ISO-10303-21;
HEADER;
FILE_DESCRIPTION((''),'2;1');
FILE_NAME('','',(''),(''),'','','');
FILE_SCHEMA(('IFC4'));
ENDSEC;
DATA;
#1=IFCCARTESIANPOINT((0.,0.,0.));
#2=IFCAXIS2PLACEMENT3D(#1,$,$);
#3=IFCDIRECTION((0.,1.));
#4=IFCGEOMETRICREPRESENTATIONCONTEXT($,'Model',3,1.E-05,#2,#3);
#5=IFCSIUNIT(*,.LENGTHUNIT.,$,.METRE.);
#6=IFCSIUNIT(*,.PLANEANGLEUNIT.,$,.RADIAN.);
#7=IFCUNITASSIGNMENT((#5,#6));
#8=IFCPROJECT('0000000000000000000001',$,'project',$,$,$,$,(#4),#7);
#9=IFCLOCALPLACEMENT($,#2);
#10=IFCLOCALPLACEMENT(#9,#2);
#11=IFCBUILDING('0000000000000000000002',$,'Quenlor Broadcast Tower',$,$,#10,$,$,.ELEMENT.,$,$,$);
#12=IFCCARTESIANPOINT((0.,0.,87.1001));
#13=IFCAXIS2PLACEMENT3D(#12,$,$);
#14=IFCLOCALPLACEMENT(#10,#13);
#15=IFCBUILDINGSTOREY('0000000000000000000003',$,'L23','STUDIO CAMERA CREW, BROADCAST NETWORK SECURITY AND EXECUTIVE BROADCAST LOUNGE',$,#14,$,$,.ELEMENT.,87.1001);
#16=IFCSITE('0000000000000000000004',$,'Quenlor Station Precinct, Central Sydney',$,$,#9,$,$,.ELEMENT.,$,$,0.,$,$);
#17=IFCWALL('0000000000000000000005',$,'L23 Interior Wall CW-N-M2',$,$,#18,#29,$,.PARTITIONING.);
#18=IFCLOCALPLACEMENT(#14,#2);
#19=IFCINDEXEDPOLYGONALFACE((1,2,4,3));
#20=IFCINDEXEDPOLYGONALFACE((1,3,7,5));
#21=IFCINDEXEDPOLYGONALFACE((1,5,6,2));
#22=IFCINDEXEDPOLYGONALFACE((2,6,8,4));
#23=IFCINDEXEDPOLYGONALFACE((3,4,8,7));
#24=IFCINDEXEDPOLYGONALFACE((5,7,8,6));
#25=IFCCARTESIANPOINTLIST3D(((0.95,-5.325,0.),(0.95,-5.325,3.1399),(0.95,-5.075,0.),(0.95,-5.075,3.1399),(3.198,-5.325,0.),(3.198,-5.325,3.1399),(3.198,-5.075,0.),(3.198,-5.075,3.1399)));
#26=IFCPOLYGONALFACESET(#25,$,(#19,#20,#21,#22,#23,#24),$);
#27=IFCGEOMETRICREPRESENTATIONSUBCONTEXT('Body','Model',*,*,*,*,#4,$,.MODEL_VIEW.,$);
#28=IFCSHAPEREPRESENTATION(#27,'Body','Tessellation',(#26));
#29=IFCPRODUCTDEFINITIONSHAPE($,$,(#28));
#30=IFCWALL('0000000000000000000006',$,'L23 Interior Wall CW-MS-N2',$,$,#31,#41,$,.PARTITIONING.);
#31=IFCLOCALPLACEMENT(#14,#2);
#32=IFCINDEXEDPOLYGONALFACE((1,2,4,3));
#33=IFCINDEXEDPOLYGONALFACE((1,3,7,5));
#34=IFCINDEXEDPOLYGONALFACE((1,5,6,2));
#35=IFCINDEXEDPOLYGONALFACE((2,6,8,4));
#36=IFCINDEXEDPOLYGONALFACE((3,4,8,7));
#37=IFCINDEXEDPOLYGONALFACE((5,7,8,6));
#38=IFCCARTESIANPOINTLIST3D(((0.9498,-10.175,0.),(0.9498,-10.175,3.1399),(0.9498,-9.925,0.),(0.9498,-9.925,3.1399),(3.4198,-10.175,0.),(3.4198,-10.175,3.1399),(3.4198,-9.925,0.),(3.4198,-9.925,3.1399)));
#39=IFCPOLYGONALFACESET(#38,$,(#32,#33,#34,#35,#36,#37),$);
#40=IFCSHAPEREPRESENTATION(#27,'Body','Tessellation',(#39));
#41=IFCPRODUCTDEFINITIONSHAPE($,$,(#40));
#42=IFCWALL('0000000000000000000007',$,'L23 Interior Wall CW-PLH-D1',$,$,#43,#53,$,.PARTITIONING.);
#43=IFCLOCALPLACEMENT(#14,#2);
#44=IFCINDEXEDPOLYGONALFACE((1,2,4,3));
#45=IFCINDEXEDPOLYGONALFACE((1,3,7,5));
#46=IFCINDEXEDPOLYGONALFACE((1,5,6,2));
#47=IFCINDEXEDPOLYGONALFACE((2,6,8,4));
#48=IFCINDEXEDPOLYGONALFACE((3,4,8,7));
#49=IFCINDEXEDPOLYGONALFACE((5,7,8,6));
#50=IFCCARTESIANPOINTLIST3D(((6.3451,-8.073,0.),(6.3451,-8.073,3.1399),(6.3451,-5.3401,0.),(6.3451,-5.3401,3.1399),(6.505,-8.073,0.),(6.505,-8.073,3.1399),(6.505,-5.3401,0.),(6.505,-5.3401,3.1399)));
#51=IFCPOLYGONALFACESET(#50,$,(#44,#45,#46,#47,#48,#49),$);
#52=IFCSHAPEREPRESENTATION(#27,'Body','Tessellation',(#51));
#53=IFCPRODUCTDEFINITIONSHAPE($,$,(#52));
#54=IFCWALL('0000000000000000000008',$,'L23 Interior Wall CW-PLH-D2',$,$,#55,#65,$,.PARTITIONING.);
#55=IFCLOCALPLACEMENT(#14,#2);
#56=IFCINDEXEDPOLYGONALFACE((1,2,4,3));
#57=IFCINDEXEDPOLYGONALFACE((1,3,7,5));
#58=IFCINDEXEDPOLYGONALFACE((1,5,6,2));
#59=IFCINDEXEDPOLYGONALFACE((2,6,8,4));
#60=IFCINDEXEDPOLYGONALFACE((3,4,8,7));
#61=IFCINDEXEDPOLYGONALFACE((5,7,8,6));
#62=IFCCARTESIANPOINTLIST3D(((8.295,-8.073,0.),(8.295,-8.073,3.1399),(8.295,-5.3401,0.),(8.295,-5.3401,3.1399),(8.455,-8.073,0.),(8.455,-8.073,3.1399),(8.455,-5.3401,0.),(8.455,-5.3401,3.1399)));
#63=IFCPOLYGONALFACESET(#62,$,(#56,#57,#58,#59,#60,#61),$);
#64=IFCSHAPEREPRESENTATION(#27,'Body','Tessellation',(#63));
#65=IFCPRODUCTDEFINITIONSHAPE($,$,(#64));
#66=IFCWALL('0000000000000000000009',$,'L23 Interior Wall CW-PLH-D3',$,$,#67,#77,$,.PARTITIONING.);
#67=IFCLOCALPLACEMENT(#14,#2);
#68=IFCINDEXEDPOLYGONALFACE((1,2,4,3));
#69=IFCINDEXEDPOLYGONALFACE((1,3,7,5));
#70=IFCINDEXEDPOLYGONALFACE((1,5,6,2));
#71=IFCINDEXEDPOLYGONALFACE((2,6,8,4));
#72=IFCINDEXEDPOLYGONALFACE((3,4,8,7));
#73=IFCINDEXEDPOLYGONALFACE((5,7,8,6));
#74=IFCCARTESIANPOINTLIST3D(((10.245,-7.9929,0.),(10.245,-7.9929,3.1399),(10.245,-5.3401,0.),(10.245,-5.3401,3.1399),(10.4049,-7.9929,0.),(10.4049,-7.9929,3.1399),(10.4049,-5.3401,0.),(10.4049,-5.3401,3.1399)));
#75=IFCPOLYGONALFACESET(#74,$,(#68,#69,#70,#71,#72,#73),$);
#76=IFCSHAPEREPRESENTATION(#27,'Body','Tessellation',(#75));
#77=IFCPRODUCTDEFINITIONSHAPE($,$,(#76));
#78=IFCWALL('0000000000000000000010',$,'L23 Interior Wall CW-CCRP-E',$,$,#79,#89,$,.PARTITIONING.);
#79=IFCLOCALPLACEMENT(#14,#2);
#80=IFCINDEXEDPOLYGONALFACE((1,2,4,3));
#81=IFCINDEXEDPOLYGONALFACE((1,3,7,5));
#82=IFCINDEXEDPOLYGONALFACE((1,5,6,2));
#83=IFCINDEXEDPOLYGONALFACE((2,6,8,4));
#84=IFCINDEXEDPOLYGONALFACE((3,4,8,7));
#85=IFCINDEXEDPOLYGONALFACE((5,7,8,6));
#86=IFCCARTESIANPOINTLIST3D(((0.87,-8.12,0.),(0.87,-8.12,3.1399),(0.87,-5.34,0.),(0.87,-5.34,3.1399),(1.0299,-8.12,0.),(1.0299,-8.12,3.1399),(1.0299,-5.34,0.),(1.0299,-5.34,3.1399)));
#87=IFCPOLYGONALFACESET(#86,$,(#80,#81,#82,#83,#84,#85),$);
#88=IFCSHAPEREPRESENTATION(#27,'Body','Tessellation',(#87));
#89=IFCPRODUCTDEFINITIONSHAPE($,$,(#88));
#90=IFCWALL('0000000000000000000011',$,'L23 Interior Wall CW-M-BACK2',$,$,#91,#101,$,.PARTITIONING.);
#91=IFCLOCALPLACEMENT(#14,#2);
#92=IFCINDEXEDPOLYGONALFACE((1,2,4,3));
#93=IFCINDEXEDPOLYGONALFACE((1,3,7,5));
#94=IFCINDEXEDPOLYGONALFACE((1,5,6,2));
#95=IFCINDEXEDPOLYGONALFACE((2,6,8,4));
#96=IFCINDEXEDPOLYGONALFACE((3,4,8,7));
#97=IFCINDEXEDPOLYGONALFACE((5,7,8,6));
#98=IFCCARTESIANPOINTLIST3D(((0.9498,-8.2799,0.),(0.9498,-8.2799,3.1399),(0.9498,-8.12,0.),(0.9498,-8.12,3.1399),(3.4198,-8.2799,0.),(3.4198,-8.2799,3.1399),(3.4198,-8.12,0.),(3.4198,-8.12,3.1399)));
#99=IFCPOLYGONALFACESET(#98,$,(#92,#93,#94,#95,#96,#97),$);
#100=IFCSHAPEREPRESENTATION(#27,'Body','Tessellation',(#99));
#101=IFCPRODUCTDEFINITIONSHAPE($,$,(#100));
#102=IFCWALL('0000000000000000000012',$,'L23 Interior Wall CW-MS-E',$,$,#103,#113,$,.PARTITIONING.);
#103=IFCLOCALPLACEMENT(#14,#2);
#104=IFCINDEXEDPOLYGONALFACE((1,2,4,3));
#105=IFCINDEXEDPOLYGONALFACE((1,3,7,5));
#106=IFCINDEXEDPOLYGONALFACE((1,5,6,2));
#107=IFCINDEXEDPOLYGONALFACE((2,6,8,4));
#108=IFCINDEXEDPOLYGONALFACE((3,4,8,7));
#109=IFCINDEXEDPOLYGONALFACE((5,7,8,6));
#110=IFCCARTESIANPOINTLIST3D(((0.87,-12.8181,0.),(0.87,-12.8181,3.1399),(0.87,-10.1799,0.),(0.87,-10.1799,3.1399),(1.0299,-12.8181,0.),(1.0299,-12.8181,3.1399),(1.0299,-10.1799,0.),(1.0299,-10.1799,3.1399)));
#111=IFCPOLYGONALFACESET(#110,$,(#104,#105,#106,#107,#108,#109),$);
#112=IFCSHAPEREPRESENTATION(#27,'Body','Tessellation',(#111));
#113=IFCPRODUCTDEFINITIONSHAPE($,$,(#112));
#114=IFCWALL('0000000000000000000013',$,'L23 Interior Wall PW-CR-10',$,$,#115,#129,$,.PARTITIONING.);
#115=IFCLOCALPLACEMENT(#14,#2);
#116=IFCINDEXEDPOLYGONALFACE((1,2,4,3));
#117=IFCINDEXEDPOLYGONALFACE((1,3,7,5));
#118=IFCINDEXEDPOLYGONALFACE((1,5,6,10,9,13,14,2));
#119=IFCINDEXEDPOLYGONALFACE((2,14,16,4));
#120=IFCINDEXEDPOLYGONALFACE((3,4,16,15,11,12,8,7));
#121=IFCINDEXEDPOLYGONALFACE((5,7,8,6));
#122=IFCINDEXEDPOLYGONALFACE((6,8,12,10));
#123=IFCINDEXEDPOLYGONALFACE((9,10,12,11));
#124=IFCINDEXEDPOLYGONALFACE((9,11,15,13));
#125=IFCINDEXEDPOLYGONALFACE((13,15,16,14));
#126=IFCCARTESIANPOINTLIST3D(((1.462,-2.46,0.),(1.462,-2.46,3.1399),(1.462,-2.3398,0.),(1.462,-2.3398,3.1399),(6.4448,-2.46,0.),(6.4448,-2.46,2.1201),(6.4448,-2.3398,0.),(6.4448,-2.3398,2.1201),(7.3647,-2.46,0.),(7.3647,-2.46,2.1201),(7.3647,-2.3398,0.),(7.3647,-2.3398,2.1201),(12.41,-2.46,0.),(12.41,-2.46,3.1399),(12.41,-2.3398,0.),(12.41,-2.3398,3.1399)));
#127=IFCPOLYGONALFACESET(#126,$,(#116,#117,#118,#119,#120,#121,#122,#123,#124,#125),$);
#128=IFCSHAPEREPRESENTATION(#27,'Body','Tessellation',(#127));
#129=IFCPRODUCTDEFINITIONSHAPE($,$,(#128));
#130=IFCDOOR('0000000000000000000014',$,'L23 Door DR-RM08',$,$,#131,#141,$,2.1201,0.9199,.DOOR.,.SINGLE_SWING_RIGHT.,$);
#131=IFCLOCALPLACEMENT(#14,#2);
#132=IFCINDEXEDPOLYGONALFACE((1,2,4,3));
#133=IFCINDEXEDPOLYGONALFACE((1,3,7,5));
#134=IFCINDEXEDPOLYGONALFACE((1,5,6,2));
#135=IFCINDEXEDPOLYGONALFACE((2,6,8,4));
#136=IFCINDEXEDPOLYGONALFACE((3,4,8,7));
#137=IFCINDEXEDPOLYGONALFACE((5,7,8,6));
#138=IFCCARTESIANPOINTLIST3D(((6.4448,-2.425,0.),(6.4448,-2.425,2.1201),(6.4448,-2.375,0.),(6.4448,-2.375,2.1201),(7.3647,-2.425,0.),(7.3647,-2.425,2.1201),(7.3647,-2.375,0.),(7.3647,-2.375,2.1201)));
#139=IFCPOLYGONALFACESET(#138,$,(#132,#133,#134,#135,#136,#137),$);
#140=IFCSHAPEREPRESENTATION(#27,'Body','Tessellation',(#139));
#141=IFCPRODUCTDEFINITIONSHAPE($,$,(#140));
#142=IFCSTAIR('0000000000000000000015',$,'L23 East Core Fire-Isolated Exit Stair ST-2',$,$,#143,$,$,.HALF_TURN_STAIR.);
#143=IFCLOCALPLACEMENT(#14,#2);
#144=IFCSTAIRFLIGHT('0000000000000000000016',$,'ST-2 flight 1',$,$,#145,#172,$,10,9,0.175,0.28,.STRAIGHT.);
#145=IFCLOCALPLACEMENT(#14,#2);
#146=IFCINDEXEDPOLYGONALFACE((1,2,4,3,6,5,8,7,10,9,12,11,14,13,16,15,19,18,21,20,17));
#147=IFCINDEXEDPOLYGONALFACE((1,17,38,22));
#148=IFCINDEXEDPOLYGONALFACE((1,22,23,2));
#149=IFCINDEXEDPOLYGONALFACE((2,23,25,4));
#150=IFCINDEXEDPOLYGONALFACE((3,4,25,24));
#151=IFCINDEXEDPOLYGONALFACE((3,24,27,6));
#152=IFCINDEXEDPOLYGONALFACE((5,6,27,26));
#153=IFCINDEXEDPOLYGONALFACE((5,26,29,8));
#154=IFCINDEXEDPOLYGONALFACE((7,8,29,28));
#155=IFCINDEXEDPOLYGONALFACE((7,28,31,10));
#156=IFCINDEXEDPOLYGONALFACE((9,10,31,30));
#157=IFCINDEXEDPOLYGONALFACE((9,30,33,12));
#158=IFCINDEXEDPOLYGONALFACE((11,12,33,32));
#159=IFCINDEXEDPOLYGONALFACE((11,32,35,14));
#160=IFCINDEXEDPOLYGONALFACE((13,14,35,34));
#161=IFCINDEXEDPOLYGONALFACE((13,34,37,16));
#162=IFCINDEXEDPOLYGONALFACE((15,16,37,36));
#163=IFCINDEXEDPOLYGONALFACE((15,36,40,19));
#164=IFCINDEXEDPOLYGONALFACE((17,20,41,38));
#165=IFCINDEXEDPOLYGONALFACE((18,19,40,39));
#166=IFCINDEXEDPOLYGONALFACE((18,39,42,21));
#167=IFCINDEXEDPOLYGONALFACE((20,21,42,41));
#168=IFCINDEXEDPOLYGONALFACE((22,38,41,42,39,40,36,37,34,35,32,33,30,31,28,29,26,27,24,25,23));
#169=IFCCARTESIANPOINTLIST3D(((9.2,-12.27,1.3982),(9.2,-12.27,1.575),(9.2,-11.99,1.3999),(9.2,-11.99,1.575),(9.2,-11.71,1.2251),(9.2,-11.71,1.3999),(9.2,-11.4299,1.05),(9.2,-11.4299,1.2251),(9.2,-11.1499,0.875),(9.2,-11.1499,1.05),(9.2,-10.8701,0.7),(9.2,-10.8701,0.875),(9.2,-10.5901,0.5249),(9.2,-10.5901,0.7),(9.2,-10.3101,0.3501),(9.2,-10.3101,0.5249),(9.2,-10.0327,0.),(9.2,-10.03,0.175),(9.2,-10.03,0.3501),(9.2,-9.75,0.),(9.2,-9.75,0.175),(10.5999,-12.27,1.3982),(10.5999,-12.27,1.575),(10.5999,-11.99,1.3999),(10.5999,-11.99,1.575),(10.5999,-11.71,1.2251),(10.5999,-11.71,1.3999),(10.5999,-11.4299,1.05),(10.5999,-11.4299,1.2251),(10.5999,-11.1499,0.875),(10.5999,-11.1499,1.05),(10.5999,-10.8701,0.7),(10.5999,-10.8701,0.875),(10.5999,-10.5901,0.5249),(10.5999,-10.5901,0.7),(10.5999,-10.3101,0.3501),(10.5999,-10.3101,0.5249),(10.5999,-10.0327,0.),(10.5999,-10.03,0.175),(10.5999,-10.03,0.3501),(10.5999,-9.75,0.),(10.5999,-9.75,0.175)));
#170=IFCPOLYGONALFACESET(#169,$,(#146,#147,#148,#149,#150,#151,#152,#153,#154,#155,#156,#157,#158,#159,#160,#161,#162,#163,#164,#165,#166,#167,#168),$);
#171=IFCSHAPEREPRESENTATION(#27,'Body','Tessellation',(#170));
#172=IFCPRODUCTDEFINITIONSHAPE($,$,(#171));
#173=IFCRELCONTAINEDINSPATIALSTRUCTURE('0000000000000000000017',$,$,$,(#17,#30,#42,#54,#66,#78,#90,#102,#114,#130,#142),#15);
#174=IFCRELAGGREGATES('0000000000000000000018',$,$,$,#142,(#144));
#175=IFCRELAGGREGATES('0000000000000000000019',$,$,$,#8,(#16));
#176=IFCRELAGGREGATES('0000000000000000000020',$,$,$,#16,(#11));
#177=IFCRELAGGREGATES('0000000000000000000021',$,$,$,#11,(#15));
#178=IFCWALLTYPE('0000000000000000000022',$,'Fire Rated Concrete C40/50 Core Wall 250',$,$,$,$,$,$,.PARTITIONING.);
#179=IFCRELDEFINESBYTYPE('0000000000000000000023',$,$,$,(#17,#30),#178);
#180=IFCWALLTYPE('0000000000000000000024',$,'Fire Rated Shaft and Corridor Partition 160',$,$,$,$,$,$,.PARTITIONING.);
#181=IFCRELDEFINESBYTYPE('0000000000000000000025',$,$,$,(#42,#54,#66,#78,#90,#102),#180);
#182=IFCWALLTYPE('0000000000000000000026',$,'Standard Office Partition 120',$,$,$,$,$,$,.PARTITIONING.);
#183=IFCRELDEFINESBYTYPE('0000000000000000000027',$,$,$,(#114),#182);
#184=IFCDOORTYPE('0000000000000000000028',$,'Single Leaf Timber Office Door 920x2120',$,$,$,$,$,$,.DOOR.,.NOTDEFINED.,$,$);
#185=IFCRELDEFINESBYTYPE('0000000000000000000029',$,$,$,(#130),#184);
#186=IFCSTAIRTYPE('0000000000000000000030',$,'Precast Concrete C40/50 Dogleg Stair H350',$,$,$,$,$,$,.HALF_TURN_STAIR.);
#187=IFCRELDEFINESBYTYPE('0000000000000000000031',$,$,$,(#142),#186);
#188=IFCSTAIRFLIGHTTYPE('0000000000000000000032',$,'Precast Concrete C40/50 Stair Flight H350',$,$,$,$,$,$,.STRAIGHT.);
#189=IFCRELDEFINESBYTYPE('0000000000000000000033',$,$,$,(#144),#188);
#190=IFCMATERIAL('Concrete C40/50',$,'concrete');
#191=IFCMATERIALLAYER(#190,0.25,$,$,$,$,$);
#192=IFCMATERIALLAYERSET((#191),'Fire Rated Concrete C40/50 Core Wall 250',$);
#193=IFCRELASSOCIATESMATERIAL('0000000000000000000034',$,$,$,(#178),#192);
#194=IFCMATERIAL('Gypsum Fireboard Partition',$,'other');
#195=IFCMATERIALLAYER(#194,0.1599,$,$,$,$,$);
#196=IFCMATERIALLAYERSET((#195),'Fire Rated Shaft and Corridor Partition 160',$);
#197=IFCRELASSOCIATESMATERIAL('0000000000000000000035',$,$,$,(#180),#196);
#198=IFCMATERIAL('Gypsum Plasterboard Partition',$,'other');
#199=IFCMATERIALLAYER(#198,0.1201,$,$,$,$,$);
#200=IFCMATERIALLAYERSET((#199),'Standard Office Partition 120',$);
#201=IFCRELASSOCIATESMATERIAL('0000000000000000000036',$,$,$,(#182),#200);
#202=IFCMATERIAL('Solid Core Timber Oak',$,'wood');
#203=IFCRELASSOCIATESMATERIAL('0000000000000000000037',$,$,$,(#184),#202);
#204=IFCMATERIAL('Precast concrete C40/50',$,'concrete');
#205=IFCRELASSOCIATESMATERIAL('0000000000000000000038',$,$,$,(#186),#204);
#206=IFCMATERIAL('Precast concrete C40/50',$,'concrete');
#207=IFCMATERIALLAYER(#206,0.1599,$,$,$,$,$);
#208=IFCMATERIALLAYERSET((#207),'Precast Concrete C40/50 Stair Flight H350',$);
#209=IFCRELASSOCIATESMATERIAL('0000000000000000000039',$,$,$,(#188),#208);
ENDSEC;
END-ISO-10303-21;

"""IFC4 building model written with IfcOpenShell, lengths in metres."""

from ifc_helpers import new_model, si_unit, direction, frame, frame_2d, origin, place, context, subcontext, project, spatial, polyline, rectangle, outline, extrude, material, layer, layer_set, type_object, element, fill, aggregate, save


model = new_model("IFC4")

# Units and contexts
model_context = context("Model", 3, precision=1e-05, world=origin(), true_north=direction((0.0, 1.0)))
body_context = subcontext(model_context, "Body", "Model", "MODEL_VIEW")
ifc_project = project(units=[si_unit("LENGTHUNIT", "METRE"), si_unit("PLANEANGLEUNIT", "RADIAN")], contexts=[model_context])

# Site, building, storey
site_placement = place(None, origin())
site = spatial("IfcSite", under=ifc_project, at=site_placement, Name="Quenlor Station Precinct, Central Sydney", CompositionType="ELEMENT", RefElevation=0.0)
building_placement = place(site_placement, origin())
building = spatial("IfcBuilding", under=site, at=building_placement, Name="Quenlor Broadcast Tower", CompositionType="ELEMENT")
storey_placement = place(building_placement, frame((0.0, 0.0, 87.1001)))
storey = spatial("IfcBuildingStorey", under=building, at=storey_placement, Name="L23", Description="STUDIO CAMERA CREW, BROADCAST NETWORK SECURITY AND EXECUTIVE BROADCAST LOUNGE", CompositionType="ELEMENT", Elevation=87.1001)

# Shared definitions
ifc_material_1 = material(Name="Concrete C40/50", Category="concrete")
ifc_layer_1 = layer(ifc_material_1, 0.25)
ifc_layer_set_1 = layer_set([ifc_layer_1], Name="Fire Rated Concrete C40/50 Core Wall 250")
wall_type_1 = type_object("IfcWallType", Name="Fire Rated Concrete C40/50 Core Wall 250", PredefinedType="PARTITIONING", material=ifc_layer_set_1)

# Walls
wall_1_placement = place(storey_placement, frame((0.95, -5.2, 0.0), z_axis=(0.0, 0.0, 1.0), x_axis=(1.0, 0.0, 0.0)))
element("IfcWall", 1, at=wall_1_placement, inside=storey, type_object=wall_type_1, Name="L23 Interior Wall CW-N-M2", PredefinedType="PARTITIONING", context=body_context, shape_type="SweptSolid", body=[
    extrude(rectangle(XDim=2.248, YDim=0.25, at=frame_2d((1.124, 0.0))), origin(), (0.0, 0.0, 1.0), 3.1399),
])
wall_2_placement = place(storey_placement, frame((0.95, -10.05, 0.0), z_axis=(0.0, 0.0, 1.0), x_axis=(1.0, 0.0, 0.0)))
element("IfcWall", 2, at=wall_2_placement, inside=storey, type_object=wall_type_1, Name="L23 Interior Wall CW-MS-N2", PredefinedType="PARTITIONING", context=body_context, shape_type="SweptSolid", body=[
    extrude(rectangle(XDim=2.47, YDim=0.25, at=frame_2d((1.2349, 0.0))), origin(), (0.0, 0.0, 1.0), 3.1399),
])
ifc_material_2 = material(Name="Gypsum Fireboard Partition", Category="other")
ifc_layer_2 = layer(ifc_material_2, 0.1599)
ifc_layer_set_2 = layer_set([ifc_layer_2], Name="Fire Rated Shaft and Corridor Partition 160")
wall_type_2 = type_object("IfcWallType", Name="Fire Rated Shaft and Corridor Partition 160", PredefinedType="PARTITIONING", material=ifc_layer_set_2)
for number, where, z_axis, x_axis, name in (
    (3, (6.425, -8.073, 0.0), (0.0, 0.0, 1.0), (0.0, 1.0, 0.0), "L23 Interior Wall CW-PLH-D1"),
    (4, (8.375, -8.073, 0.0), (0.0, 0.0, 1.0), (0.0, 1.0, 0.0), "L23 Interior Wall CW-PLH-D2"),
):
    element("IfcWall", number, at=place(storey_placement, frame(where, z_axis=z_axis, x_axis=x_axis)), inside=storey, type_object=wall_type_2, Name=name, PredefinedType="PARTITIONING", context=body_context, shape_type="SweptSolid", body=[
        extrude(rectangle(XDim=2.7329, YDim=0.1599, at=frame_2d((1.3665, 0.0))), origin(), (0.0, 0.0, 1.0), 3.1399),
    ])
wall_3_placement = place(storey_placement, frame((10.325, -7.9929, 0.0), z_axis=(0.0, 0.0, 1.0), x_axis=(0.0, 1.0, 0.0)))
element("IfcWall", 5, at=wall_3_placement, inside=storey, type_object=wall_type_2, Name="L23 Interior Wall CW-PLH-D3", PredefinedType="PARTITIONING", context=body_context, shape_type="SweptSolid", body=[
    extrude(rectangle(XDim=2.6528, YDim=0.1599, at=frame_2d((1.3264, 0.0))), origin(), (0.0, 0.0, 1.0), 3.1399),
])
wall_4_placement = place(storey_placement, frame((0.95, -8.1201, 0.0), z_axis=(0.0, 0.0, 1.0), x_axis=(0.0, 1.0, 0.0)))
element("IfcWall", 6, at=wall_4_placement, inside=storey, type_object=wall_type_2, Name="L23 Interior Wall CW-CCRP-E", PredefinedType="PARTITIONING", context=body_context, shape_type="SweptSolid", body=[
    extrude(rectangle(XDim=2.78, YDim=0.1599, at=frame_2d((1.3901, 0.0))), origin(), (0.0, 0.0, 1.0), 3.1399),
])
wall_5_placement = place(storey_placement, frame((0.95, -8.2, 0.0), z_axis=(0.0, 0.0, 1.0), x_axis=(1.0, 0.0, 0.0)))
element("IfcWall", 7, at=wall_5_placement, inside=storey, type_object=wall_type_2, Name="L23 Interior Wall CW-M-BACK2", PredefinedType="PARTITIONING", context=body_context, shape_type="SweptSolid", body=[
    extrude(rectangle(XDim=2.47, YDim=0.1599, at=frame_2d((1.2349, 0.0))), origin(), (0.0, 0.0, 1.0), 3.1399),
])
wall_6_placement = place(storey_placement, frame((0.95, -12.8181, 0.0), z_axis=(0.0, 0.0, 1.0), x_axis=(0.0, 1.0, 0.0)))
element("IfcWall", 8, at=wall_6_placement, inside=storey, type_object=wall_type_2, Name="L23 Interior Wall CW-MS-E", PredefinedType="PARTITIONING", context=body_context, shape_type="SweptSolid", body=[
    extrude(rectangle(XDim=2.6382, YDim=0.1599, at=frame_2d((1.3191, 0.0))), origin(), (0.0, 0.0, 1.0), 3.1399),
])

# Wall, opening, door
ifc_material_3 = material(Name="Gypsum Plasterboard Partition", Category="other")
ifc_layer_3 = layer(ifc_material_3, 0.1201)
ifc_layer_set_3 = layer_set([ifc_layer_3], Name="Standard Office Partition 120")
wall_type_3 = type_object("IfcWallType", Name="Standard Office Partition 120", PredefinedType="PARTITIONING", material=ifc_layer_set_3)
wall_7_placement = place(storey_placement, frame((1.4619, -2.3999, 0.0), z_axis=(0.0, 0.0, 1.0), x_axis=(1.0, 0.0, 0.0)))
wall_7 = element("IfcWall", 9, at=wall_7_placement, inside=storey, type_object=wall_type_3, Name="L23 Interior Wall PW-CR-10", PredefinedType="PARTITIONING", context=body_context, shape_type="SweptSolid", body=[
    extrude(rectangle(XDim=10.948, YDim=0.1201, at=frame_2d((5.4741, 0.0))), origin(), (0.0, 0.0, 1.0), 3.1399),
])
opening_1_placement = place(wall_7_placement, frame((4.9829, 0.0, 0.0)))
opening_1 = element("IfcOpeningElement", 10, at=opening_1_placement, cuts=wall_7, PredefinedType="OPENING", context=body_context, shape_type="SweptSolid", body=[
    extrude(rectangle(XDim=0.9199, YDim=2.1201, at=frame_2d((0.46, 1.0601))), frame((0.0, 0.0701, 0.0), z_axis=(0.0, -1.0, 0.0), x_axis=(1.0, 0.0, 0.0)), (0.0, 0.0, 1.0), 0.1401),
])
ifc_material_4 = material(Name="Solid Core Timber Oak", Category="wood")
door_type_1 = type_object("IfcDoorType", Name="Single Leaf Timber Office Door 920x2120", OperationType="NOTDEFINED", PredefinedType="DOOR", material=ifc_material_4)
door_1_placement = place(opening_1_placement, origin())
door_1 = element("IfcDoor", 11, at=door_1_placement, inside=storey, type_object=door_type_1, Name="L23 Door DR-RM08", OperationType="SINGLE_SWING_RIGHT", OverallHeight=2.1201, OverallWidth=0.9199, PredefinedType="DOOR", context=body_context, shape_type="SweptSolid", body=[
    extrude(rectangle(XDim=0.9199, YDim=2.1201, at=frame_2d((0.46, 1.0601))), frame((0.0, 0.0249, 0.0), z_axis=(0.0, -1.0, 0.0), x_axis=(1.0, 0.0, 0.0)), (0.0, 0.0, 1.0), 0.05),
])
fill(opening_1, door_1)

# Stair, stair flight
ifc_material_5 = material(Name="Precast concrete C40/50", Category="concrete")
stair_type = type_object("IfcStairType", Name="Precast Concrete C40/50 Dogleg Stair H350", PredefinedType="HALF_TURN_STAIR", material=ifc_material_5)
stair_placement = place(storey_placement, origin())
stair = element("IfcStair", 12, at=stair_placement, inside=storey, type_object=stair_type, Name="L23 East Core Fire-Isolated Exit Stair ST-2", PredefinedType="HALF_TURN_STAIR")
ifc_material_6 = material(Name="Precast concrete C40/50", Category="concrete")
ifc_layer_4 = layer(ifc_material_6, 0.1599)
ifc_layer_set_4 = layer_set([ifc_layer_4], Name="Precast Concrete C40/50 Stair Flight H350")
stair_flight_type = type_object("IfcStairFlightType", Name="Precast Concrete C40/50 Stair Flight H350", PredefinedType="STRAIGHT", material=ifc_layer_set_4)
stair_flight_placement = place(storey_placement, frame((9.8999, -9.75, 0.0), z_axis=(0.0, 0.0, 1.0), x_axis=(0.0, -1.0, 0.0)))
stair_flight = element("IfcStairFlight", 13, at=stair_flight_placement, type_object=stair_flight_type, Name="ST-2 flight 1", NumberOfRisers=10, NumberOfTreads=9, PredefinedType="STRAIGHT", RiserHeight=0.175, TreadLength=0.28, context=body_context, shape_type="SweptSolid", body=[
    extrude(outline(polyline([(0.0, 0.0), (0.0, 0.175), (0.28, 0.175), (0.28, 0.3501), (0.5601, 0.3501), (0.5601, 0.5249), (0.8401, 0.5249), (0.8401, 0.7), (1.1201, 0.7), (1.1201, 0.875), (1.3999, 0.875), (1.3999, 1.05), (1.6799, 1.05), (1.6799, 1.2251), (1.96, 1.2251), (1.96, 1.3999), (2.24, 1.3999), (2.24, 1.575), (2.52, 1.575), (2.52, 1.75), (2.52, 1.3982), (0.2827, 0.0), (0.0, 0.0)])), frame((0.0, 0.7, 0.0), z_axis=(0.0, -1.0, 0.0), x_axis=(1.0, 0.0, 0.0)), (0.0, 0.0, 1.0), 1.3999),
])
aggregate(stair, [stair_flight])

save(model, "model.ifc")
